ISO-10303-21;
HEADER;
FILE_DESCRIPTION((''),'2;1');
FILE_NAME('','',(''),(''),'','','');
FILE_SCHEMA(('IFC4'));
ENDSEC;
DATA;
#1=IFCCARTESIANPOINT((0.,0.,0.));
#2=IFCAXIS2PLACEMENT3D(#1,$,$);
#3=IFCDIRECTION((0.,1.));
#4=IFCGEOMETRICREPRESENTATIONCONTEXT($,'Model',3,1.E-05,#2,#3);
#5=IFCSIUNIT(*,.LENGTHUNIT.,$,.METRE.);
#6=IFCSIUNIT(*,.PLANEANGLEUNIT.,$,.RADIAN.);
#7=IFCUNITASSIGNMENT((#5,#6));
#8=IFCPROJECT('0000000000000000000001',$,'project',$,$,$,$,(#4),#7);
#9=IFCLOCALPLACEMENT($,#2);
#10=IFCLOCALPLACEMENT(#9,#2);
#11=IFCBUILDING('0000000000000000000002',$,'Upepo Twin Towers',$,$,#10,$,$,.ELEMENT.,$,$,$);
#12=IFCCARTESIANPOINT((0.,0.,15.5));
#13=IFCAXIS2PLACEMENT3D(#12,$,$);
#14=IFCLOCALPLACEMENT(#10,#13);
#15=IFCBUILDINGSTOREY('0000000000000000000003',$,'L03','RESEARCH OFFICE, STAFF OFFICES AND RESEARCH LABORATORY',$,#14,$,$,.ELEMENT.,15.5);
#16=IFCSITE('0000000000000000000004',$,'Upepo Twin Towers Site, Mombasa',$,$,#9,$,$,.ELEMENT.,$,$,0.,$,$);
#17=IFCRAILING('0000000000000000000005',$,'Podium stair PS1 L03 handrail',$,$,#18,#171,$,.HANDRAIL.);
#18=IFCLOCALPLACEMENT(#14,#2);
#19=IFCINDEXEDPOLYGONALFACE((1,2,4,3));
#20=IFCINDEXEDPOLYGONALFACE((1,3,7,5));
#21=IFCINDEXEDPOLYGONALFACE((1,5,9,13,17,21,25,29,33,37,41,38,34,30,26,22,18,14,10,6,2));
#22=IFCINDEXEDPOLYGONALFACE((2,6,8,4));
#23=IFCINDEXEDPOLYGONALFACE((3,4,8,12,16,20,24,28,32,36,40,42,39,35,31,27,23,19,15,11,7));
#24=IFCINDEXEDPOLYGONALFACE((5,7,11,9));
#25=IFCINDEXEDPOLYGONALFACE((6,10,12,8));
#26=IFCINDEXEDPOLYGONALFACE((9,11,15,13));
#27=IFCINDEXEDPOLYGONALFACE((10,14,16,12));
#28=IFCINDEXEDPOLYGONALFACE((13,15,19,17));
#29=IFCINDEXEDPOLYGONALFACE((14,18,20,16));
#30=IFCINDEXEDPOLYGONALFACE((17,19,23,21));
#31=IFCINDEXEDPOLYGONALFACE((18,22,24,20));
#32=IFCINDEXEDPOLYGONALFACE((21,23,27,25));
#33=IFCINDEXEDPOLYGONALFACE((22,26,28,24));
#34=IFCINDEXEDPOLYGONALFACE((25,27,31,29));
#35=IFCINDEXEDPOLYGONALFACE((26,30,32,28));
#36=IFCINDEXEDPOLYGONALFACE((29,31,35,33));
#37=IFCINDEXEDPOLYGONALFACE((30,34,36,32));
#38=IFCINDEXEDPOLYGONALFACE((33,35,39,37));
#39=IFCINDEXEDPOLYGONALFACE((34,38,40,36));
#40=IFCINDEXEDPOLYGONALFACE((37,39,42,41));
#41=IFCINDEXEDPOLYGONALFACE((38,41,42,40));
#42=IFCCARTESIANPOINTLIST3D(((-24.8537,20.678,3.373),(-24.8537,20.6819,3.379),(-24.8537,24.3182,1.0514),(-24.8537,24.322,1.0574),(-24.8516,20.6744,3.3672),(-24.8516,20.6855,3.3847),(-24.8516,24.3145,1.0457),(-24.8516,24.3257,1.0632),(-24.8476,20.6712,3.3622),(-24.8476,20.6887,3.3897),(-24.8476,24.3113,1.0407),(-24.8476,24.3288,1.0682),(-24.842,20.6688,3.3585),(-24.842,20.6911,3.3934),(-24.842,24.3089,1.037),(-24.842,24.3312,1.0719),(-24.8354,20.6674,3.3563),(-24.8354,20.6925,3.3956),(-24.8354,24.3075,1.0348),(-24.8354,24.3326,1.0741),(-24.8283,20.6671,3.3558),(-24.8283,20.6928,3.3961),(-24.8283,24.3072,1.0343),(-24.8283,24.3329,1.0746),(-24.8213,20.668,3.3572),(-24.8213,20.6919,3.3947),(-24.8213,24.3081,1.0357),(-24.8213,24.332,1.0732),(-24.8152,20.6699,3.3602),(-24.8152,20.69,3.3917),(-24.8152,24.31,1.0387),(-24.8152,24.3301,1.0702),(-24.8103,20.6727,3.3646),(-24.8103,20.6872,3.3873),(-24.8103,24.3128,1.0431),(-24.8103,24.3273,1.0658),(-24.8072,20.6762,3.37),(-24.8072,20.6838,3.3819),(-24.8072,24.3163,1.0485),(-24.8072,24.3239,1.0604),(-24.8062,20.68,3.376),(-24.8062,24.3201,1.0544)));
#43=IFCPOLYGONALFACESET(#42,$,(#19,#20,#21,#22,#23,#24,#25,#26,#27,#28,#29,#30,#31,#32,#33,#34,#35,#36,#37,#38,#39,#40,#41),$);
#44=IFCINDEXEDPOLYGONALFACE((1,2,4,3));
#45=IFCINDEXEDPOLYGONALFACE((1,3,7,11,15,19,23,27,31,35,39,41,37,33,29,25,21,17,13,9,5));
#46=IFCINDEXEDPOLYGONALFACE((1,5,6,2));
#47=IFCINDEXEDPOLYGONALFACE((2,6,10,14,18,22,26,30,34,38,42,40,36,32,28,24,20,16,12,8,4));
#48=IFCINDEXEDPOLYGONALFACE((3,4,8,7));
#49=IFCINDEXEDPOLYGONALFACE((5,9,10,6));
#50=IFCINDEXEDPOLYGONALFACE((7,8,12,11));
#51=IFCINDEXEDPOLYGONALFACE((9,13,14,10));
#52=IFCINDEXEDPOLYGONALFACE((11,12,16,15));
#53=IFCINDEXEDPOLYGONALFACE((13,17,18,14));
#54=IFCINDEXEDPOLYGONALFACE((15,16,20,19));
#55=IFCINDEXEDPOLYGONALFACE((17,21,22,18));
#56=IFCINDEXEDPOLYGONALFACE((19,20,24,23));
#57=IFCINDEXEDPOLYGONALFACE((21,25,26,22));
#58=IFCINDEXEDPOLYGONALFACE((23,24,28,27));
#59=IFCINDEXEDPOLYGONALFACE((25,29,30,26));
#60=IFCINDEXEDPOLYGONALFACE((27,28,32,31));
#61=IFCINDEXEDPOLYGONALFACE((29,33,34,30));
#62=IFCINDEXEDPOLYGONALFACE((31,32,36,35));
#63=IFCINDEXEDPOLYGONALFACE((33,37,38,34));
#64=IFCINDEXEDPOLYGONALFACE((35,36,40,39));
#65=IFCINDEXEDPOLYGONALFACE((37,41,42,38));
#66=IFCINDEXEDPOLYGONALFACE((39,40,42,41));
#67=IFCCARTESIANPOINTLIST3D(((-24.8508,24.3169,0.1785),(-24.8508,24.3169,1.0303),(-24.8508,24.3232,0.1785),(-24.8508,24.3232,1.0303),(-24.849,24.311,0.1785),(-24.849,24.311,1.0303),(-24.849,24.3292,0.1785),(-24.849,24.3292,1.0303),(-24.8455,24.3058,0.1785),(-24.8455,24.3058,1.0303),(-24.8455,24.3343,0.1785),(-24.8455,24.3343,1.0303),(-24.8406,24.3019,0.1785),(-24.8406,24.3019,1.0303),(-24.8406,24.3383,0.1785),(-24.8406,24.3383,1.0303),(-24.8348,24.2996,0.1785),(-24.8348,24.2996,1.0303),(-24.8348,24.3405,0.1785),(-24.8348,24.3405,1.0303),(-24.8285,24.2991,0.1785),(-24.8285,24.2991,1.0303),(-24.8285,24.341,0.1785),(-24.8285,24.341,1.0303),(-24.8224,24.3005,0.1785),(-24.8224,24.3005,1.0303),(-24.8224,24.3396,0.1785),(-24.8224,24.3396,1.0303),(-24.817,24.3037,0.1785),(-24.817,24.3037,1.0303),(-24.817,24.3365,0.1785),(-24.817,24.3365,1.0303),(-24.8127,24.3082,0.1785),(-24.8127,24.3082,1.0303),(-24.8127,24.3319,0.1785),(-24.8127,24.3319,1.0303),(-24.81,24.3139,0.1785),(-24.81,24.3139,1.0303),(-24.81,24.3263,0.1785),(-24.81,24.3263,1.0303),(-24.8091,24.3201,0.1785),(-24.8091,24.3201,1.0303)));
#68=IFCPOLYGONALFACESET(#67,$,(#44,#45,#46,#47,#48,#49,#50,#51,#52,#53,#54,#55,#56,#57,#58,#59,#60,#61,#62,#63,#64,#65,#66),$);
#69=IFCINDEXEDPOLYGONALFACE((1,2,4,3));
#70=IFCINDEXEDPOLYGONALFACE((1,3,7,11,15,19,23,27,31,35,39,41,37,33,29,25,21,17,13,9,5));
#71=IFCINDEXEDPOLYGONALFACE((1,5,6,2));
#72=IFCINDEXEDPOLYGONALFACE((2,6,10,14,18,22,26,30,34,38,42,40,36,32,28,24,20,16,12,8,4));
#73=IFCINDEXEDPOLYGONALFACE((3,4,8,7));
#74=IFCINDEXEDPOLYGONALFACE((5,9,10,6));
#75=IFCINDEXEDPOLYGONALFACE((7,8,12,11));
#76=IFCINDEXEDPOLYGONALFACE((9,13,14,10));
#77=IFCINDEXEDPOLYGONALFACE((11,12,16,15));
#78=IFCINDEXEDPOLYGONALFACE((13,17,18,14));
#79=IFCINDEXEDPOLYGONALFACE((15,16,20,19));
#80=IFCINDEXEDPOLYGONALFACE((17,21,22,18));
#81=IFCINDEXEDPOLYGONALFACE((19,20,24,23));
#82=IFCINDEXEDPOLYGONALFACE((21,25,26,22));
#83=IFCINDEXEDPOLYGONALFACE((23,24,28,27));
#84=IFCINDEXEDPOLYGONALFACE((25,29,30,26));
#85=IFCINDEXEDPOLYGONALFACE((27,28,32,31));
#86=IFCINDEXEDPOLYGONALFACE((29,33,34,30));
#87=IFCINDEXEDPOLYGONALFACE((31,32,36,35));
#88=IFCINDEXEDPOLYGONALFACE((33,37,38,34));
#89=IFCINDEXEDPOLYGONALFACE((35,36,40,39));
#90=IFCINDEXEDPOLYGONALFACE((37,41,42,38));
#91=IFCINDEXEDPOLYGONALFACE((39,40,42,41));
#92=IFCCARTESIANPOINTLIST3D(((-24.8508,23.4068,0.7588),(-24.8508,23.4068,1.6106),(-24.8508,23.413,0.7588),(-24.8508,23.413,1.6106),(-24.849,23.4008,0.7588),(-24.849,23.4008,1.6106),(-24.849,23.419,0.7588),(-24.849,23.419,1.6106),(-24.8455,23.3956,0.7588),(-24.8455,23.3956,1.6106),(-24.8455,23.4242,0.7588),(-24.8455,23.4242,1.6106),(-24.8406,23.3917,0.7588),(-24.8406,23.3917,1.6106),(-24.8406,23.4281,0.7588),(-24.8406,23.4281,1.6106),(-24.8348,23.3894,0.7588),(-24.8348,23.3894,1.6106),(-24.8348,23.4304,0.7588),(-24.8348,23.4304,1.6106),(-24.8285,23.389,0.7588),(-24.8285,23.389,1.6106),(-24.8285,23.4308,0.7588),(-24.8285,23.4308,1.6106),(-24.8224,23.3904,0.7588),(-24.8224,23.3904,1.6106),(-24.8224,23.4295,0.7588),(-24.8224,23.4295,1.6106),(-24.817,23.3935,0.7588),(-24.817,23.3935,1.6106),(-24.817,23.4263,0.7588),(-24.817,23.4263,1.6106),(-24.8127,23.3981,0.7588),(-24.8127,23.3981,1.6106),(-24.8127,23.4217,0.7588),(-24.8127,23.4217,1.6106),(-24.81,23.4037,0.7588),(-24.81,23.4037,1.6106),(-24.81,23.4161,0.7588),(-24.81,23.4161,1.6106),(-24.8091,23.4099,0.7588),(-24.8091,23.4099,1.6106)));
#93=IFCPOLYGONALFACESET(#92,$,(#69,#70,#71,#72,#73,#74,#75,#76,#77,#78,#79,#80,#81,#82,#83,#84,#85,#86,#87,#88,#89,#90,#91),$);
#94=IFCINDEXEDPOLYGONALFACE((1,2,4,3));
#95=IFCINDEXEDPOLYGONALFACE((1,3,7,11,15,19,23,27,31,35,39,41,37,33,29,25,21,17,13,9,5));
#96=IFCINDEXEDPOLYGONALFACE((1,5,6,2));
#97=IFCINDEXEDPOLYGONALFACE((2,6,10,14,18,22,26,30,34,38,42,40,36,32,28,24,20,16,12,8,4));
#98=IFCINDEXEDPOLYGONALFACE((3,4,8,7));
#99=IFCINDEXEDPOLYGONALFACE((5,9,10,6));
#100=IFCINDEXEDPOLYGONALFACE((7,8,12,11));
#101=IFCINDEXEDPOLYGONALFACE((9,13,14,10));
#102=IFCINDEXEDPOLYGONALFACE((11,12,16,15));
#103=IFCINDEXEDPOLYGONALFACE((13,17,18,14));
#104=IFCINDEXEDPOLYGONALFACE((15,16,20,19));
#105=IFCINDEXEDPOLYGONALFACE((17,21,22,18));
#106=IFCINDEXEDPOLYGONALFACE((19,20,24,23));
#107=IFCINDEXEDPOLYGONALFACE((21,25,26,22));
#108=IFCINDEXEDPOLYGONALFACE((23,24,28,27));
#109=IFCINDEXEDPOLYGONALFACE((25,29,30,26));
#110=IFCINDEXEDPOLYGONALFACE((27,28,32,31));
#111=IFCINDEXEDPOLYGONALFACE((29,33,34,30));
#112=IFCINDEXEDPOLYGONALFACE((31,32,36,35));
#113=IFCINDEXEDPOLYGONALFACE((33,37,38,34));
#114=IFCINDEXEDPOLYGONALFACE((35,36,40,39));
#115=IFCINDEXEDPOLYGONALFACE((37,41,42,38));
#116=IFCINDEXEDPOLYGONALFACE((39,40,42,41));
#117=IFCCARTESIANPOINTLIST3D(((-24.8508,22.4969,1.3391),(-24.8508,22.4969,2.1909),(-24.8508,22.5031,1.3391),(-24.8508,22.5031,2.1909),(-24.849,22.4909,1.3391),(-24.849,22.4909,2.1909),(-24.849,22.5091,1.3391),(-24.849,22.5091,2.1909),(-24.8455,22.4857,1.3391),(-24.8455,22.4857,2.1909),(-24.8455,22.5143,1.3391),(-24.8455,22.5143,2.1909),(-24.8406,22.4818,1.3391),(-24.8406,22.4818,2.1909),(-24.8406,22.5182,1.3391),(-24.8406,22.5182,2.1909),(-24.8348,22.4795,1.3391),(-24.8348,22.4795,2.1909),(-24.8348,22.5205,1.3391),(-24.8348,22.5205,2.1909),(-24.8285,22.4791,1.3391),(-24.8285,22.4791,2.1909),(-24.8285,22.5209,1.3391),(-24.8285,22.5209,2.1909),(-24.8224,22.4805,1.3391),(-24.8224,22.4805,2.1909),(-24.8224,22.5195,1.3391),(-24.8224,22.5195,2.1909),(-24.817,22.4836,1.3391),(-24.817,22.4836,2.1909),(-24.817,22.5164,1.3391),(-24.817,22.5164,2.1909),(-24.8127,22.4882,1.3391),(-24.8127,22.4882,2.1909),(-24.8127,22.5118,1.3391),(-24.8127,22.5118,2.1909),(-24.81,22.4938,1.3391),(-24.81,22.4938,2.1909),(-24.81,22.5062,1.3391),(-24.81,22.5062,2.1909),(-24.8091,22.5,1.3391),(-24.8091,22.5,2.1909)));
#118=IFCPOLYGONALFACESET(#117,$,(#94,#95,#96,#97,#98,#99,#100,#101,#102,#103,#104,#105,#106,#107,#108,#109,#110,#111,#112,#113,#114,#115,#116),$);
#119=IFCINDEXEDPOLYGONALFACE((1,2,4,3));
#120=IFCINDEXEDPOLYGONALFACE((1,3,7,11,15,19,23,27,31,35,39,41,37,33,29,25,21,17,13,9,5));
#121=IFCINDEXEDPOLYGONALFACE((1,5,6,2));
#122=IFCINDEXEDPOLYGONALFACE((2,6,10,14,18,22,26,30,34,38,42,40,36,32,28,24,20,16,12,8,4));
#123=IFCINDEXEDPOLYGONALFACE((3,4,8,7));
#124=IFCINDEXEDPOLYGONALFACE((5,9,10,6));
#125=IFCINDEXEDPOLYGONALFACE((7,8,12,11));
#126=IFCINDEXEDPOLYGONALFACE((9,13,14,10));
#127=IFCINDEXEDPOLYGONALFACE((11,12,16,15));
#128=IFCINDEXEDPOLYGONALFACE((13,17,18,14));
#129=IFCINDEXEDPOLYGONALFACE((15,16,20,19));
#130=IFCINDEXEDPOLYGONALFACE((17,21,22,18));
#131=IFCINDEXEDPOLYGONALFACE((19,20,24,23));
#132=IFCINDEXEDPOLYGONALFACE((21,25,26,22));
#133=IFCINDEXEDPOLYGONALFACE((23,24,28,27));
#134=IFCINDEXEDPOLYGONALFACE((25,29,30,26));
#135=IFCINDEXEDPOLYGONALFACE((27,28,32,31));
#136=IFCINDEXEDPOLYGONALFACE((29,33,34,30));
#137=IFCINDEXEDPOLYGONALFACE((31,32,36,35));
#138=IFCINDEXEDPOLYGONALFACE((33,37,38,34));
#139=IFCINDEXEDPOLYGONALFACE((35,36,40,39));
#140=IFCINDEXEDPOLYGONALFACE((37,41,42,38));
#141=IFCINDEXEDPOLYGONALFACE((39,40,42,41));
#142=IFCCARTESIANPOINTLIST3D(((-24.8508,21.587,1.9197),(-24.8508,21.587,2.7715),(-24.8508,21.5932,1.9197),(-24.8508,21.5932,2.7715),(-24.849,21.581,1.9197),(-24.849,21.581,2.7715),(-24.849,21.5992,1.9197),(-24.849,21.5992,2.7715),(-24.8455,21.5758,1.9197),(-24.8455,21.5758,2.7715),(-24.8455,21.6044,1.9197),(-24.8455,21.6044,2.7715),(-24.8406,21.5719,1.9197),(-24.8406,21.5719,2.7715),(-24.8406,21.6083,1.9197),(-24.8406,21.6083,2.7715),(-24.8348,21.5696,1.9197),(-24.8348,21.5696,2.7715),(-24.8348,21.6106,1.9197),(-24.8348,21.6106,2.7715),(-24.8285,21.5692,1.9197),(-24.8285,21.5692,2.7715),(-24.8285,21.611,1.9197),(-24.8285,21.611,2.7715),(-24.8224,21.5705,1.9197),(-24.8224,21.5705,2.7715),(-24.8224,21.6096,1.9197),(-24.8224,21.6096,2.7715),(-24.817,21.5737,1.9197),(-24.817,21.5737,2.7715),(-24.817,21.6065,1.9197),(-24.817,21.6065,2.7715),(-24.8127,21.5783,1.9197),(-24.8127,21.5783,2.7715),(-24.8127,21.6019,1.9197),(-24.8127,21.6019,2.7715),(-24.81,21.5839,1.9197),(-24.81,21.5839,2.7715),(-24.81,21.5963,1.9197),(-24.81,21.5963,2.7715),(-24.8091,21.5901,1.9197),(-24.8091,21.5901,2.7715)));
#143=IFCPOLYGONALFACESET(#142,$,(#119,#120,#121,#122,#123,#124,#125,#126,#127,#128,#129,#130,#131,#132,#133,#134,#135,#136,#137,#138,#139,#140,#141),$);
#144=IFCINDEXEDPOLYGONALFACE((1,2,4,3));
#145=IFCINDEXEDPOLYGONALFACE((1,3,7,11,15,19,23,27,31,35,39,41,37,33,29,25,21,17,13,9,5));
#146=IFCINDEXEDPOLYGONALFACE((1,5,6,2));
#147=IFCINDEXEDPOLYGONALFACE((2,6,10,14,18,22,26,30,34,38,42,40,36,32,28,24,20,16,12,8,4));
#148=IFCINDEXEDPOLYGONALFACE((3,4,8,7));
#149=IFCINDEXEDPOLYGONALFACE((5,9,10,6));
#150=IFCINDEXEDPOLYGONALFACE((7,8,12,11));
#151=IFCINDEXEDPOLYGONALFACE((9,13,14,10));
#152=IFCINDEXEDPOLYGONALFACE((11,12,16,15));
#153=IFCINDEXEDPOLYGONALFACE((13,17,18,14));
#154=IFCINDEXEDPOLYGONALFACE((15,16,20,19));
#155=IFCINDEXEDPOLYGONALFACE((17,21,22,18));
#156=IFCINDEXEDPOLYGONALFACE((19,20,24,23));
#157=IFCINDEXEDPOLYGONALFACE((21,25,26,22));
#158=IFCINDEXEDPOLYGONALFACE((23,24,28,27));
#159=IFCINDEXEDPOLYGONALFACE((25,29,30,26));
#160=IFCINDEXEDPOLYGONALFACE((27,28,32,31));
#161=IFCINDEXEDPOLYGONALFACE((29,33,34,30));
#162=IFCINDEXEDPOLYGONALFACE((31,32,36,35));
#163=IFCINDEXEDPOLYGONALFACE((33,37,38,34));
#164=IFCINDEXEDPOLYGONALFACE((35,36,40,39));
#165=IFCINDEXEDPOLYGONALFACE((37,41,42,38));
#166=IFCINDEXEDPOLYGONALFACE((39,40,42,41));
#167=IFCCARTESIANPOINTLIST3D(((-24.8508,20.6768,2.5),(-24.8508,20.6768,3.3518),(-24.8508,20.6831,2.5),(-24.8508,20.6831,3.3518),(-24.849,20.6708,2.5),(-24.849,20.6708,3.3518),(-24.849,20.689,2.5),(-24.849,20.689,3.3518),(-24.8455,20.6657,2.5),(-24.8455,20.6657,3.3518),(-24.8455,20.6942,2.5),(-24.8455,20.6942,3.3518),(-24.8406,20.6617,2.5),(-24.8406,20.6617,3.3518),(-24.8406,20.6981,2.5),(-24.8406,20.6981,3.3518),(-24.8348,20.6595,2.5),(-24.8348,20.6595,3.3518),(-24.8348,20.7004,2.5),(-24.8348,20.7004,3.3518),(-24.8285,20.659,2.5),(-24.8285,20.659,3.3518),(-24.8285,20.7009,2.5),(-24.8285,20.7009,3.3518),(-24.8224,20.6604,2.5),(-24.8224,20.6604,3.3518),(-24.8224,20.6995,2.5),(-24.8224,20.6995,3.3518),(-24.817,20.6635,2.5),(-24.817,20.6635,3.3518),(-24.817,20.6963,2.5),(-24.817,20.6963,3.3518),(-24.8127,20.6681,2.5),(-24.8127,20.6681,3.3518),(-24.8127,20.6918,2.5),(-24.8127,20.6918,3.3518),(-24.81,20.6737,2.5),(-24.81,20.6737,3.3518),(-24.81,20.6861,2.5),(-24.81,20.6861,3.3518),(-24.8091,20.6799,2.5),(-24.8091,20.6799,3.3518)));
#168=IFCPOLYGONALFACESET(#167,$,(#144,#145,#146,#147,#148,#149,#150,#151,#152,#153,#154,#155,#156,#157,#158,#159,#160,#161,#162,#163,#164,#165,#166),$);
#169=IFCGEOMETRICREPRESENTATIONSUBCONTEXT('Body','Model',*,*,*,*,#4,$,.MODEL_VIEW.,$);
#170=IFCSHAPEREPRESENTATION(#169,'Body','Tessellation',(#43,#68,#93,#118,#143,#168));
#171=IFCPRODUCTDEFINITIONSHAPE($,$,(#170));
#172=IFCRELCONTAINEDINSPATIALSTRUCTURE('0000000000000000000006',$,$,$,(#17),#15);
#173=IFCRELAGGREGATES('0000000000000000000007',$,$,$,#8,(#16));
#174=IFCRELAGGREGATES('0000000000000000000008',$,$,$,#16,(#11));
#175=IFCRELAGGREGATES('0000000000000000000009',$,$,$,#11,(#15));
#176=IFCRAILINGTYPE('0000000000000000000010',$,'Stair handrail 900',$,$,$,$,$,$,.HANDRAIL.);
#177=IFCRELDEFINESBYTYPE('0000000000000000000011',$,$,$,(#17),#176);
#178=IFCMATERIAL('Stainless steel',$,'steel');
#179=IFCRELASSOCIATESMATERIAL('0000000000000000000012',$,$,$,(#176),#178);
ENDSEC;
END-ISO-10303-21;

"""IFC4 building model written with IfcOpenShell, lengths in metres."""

from ifc_helpers import new_model, si_unit, direction, frame, origin, origin_2d, place, context, subcontext, project, spatial, circle, extrude, material, type_object, element, save


model = new_model("IFC4")

# Units and contexts
model_context = context("Model", 3, precision=1e-05, world=origin(), true_north=direction((0.0, 1.0)))
body_context = subcontext(model_context, "Body", "Model", "MODEL_VIEW")
ifc_project = project(units=[si_unit("LENGTHUNIT", "METRE"), si_unit("PLANEANGLEUNIT", "RADIAN")], contexts=[model_context])

# Site, building, storey
site_placement = place(None, origin())
site = spatial("IfcSite", under=ifc_project, at=site_placement, Name="Upepo Twin Towers Site, Mombasa", CompositionType="ELEMENT", RefElevation=0.0)
building_placement = place(site_placement, origin())
building = spatial("IfcBuilding", under=site, at=building_placement, Name="Upepo Twin Towers", CompositionType="ELEMENT")
storey_placement = place(building_placement, frame((0.0, 0.0, 15.5)))
storey = spatial("IfcBuildingStorey", under=building, at=storey_placement, Name="L03", Description="RESEARCH OFFICE, STAFF OFFICES AND RESEARCH LABORATORY", CompositionType="ELEMENT", Elevation=15.5)

# Railing
ifc_material_1 = material(Name="Stainless steel", Category="steel")
railing_type = type_object("IfcRailingType", Name="Stair handrail 900", PredefinedType="HANDRAIL", material=ifc_material_1)
railing_placement = place(storey_placement, frame((-24.8301, 24.3201, 0.1785)))
element("IfcRailing", 1, at=railing_placement, inside=storey, type_object=railing_type, Name="Podium stair PS1 L03 handrail", PredefinedType="HANDRAIL", context=body_context, shape_type="SweptSolid", body=[
    extrude(circle(Radius=0.0239, at=origin_2d()), frame((0.0, 0.0, 0.876), z_axis=(0.0, -0.843128, 0.537713), x_axis=(1.0, 0.0, 0.0)), (0.0, 0.0, 1.0), 4.3174),
    extrude(circle(Radius=0.021, at=origin_2d()), origin(), (0.0, 0.0, 1.0), 0.8518),
    extrude(circle(Radius=0.021, at=origin_2d()), frame((0.0, -0.9102, 0.5803)), (0.0, 0.0, 1.0), 0.8518),
    extrude(circle(Radius=0.021, at=origin_2d()), frame((0.0, -1.8201, 1.1606)), (0.0, 0.0, 1.0), 0.8518),
    extrude(circle(Radius=0.021, at=origin_2d()), frame((0.0, -2.73, 1.7412)), (0.0, 0.0, 1.0), 0.8518),
    extrude(circle(Radius=0.021, at=origin_2d()), frame((0.0, -3.6401, 2.3215)), (0.0, 0.0, 1.0), 0.8518),
])

save(model, "model.ifc")
